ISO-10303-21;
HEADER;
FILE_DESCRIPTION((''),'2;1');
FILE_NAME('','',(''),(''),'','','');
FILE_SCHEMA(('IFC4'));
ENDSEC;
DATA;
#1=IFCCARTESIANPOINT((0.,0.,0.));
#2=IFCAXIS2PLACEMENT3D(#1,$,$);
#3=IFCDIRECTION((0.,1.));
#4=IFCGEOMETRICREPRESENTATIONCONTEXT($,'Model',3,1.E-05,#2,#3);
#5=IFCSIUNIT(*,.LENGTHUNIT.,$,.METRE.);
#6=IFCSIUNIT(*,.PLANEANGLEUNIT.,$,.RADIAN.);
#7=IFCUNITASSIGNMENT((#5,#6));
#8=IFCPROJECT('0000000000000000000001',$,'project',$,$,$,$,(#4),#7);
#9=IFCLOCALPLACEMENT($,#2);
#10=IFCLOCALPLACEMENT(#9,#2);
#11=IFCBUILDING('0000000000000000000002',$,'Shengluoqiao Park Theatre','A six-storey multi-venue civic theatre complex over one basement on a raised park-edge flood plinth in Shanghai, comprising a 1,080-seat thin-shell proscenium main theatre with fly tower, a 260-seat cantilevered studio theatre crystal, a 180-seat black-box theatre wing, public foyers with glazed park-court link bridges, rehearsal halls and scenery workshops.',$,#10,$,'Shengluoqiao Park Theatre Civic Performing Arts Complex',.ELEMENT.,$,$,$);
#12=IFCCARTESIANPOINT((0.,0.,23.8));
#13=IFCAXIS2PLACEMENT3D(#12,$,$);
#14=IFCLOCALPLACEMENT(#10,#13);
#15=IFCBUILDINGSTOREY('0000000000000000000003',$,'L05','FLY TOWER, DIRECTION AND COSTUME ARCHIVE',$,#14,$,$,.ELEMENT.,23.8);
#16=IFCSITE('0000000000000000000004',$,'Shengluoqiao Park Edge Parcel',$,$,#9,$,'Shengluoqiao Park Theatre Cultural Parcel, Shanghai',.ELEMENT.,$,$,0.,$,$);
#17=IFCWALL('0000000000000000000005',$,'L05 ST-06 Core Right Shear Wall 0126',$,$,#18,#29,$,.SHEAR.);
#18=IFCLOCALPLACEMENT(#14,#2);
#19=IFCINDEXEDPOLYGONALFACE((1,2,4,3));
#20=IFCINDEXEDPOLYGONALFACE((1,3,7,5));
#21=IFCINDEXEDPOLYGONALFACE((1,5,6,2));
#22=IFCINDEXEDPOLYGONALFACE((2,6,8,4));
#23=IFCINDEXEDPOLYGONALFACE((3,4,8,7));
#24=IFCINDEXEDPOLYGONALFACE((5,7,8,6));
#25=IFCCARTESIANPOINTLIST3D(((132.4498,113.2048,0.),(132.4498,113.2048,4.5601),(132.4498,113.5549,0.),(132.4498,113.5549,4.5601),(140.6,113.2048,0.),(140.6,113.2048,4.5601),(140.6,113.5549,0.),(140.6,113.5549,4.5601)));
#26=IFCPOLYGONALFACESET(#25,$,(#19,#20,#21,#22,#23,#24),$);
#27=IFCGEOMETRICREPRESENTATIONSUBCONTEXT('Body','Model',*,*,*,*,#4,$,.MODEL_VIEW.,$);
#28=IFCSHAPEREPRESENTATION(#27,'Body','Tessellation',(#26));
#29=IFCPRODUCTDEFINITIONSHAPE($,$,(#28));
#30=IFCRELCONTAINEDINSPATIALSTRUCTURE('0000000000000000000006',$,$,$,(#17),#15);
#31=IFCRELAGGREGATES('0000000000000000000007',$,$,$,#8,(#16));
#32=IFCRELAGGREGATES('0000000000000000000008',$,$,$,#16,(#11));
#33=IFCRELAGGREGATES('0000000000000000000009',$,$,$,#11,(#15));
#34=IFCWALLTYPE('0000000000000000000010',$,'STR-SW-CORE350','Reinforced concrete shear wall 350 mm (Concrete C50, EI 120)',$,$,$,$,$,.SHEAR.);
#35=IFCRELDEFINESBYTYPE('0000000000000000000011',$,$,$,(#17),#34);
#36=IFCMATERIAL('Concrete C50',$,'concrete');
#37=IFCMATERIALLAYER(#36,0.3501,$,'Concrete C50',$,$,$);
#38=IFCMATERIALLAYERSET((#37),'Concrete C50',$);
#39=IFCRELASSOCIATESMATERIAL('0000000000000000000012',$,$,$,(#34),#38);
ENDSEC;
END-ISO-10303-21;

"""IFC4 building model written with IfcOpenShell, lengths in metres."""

from ifc_helpers import new_model, si_unit, direction, frame, frame_2d, origin, place, context, subcontext, project, spatial, rectangle, extrude, material, layer, layer_set, type_object, element, save


model = new_model("IFC4")

# Units and contexts
model_context = context("Model", 3, precision=1e-05, world=origin(), true_north=direction((0.0, 1.0)))
body_context = subcontext(model_context, "Body", "Model", "MODEL_VIEW")
ifc_project = project(units=[si_unit("LENGTHUNIT", "METRE"), si_unit("PLANEANGLEUNIT", "RADIAN")], contexts=[model_context])

# Site, building, storey
site_placement = place(None, origin())
site = spatial("IfcSite", under=ifc_project, at=site_placement, Name="Shengluoqiao Park Edge Parcel", LongName="Shengluoqiao Park Theatre Cultural Parcel, Shanghai", CompositionType="ELEMENT", RefElevation=0.0)
building_placement = place(site_placement, origin())
building = spatial("IfcBuilding", under=site, at=building_placement, Name="Shengluoqiao Park Theatre", Description="A six-storey multi-venue civic theatre complex over one basement on a raised park-edge flood plinth in Shanghai, comprising a 1,080-seat thin-shell proscenium main theatre with fly tower, a 260-seat cantilevered studio theatre crystal, a 180-seat black-box theatre wing, public foyers with glazed park-court link bridges, rehearsal halls and scenery workshops.", LongName="Shengluoqiao Park Theatre Civic Performing Arts Complex", CompositionType="ELEMENT")
storey_placement = place(building_placement, frame((0.0, 0.0, 23.8)))
storey = spatial("IfcBuildingStorey", under=building, at=storey_placement, Name="L05", Description="FLY TOWER, DIRECTION AND COSTUME ARCHIVE", CompositionType="ELEMENT", Elevation=23.8)

# Wall
ifc_material_1 = material(Name="Concrete C50", Category="concrete")
ifc_layer_1 = layer(ifc_material_1, 0.3501, Name="Concrete C50")
ifc_layer_set_1 = layer_set([ifc_layer_1], Name="Concrete C50")
wall_type_1 = type_object("IfcWallType", Name="STR-SW-CORE350", Description="Reinforced concrete shear wall 350 mm (Concrete C50, EI 120)", PredefinedType="SHEAR", material=ifc_layer_set_1)
wall_1_placement = place(storey_placement, frame((140.6001, 113.3799, 0.0), z_axis=(0.0, 0.0, 1.0), x_axis=(-1.0, 0.0, 0.0)))
element("IfcWall", 1, at=wall_1_placement, inside=storey, type_object=wall_type_1, Name="L05 ST-06 Core Right Shear Wall 0126", PredefinedType="SHEAR", context=body_context, shape_type="SweptSolid", body=[
    extrude(rectangle(XDim=8.1501, YDim=0.3501, at=frame_2d((4.0752, 0.0))), origin(), (0.0, 0.0, 1.0), 4.5601),
])

save(model, "model.ifc")
